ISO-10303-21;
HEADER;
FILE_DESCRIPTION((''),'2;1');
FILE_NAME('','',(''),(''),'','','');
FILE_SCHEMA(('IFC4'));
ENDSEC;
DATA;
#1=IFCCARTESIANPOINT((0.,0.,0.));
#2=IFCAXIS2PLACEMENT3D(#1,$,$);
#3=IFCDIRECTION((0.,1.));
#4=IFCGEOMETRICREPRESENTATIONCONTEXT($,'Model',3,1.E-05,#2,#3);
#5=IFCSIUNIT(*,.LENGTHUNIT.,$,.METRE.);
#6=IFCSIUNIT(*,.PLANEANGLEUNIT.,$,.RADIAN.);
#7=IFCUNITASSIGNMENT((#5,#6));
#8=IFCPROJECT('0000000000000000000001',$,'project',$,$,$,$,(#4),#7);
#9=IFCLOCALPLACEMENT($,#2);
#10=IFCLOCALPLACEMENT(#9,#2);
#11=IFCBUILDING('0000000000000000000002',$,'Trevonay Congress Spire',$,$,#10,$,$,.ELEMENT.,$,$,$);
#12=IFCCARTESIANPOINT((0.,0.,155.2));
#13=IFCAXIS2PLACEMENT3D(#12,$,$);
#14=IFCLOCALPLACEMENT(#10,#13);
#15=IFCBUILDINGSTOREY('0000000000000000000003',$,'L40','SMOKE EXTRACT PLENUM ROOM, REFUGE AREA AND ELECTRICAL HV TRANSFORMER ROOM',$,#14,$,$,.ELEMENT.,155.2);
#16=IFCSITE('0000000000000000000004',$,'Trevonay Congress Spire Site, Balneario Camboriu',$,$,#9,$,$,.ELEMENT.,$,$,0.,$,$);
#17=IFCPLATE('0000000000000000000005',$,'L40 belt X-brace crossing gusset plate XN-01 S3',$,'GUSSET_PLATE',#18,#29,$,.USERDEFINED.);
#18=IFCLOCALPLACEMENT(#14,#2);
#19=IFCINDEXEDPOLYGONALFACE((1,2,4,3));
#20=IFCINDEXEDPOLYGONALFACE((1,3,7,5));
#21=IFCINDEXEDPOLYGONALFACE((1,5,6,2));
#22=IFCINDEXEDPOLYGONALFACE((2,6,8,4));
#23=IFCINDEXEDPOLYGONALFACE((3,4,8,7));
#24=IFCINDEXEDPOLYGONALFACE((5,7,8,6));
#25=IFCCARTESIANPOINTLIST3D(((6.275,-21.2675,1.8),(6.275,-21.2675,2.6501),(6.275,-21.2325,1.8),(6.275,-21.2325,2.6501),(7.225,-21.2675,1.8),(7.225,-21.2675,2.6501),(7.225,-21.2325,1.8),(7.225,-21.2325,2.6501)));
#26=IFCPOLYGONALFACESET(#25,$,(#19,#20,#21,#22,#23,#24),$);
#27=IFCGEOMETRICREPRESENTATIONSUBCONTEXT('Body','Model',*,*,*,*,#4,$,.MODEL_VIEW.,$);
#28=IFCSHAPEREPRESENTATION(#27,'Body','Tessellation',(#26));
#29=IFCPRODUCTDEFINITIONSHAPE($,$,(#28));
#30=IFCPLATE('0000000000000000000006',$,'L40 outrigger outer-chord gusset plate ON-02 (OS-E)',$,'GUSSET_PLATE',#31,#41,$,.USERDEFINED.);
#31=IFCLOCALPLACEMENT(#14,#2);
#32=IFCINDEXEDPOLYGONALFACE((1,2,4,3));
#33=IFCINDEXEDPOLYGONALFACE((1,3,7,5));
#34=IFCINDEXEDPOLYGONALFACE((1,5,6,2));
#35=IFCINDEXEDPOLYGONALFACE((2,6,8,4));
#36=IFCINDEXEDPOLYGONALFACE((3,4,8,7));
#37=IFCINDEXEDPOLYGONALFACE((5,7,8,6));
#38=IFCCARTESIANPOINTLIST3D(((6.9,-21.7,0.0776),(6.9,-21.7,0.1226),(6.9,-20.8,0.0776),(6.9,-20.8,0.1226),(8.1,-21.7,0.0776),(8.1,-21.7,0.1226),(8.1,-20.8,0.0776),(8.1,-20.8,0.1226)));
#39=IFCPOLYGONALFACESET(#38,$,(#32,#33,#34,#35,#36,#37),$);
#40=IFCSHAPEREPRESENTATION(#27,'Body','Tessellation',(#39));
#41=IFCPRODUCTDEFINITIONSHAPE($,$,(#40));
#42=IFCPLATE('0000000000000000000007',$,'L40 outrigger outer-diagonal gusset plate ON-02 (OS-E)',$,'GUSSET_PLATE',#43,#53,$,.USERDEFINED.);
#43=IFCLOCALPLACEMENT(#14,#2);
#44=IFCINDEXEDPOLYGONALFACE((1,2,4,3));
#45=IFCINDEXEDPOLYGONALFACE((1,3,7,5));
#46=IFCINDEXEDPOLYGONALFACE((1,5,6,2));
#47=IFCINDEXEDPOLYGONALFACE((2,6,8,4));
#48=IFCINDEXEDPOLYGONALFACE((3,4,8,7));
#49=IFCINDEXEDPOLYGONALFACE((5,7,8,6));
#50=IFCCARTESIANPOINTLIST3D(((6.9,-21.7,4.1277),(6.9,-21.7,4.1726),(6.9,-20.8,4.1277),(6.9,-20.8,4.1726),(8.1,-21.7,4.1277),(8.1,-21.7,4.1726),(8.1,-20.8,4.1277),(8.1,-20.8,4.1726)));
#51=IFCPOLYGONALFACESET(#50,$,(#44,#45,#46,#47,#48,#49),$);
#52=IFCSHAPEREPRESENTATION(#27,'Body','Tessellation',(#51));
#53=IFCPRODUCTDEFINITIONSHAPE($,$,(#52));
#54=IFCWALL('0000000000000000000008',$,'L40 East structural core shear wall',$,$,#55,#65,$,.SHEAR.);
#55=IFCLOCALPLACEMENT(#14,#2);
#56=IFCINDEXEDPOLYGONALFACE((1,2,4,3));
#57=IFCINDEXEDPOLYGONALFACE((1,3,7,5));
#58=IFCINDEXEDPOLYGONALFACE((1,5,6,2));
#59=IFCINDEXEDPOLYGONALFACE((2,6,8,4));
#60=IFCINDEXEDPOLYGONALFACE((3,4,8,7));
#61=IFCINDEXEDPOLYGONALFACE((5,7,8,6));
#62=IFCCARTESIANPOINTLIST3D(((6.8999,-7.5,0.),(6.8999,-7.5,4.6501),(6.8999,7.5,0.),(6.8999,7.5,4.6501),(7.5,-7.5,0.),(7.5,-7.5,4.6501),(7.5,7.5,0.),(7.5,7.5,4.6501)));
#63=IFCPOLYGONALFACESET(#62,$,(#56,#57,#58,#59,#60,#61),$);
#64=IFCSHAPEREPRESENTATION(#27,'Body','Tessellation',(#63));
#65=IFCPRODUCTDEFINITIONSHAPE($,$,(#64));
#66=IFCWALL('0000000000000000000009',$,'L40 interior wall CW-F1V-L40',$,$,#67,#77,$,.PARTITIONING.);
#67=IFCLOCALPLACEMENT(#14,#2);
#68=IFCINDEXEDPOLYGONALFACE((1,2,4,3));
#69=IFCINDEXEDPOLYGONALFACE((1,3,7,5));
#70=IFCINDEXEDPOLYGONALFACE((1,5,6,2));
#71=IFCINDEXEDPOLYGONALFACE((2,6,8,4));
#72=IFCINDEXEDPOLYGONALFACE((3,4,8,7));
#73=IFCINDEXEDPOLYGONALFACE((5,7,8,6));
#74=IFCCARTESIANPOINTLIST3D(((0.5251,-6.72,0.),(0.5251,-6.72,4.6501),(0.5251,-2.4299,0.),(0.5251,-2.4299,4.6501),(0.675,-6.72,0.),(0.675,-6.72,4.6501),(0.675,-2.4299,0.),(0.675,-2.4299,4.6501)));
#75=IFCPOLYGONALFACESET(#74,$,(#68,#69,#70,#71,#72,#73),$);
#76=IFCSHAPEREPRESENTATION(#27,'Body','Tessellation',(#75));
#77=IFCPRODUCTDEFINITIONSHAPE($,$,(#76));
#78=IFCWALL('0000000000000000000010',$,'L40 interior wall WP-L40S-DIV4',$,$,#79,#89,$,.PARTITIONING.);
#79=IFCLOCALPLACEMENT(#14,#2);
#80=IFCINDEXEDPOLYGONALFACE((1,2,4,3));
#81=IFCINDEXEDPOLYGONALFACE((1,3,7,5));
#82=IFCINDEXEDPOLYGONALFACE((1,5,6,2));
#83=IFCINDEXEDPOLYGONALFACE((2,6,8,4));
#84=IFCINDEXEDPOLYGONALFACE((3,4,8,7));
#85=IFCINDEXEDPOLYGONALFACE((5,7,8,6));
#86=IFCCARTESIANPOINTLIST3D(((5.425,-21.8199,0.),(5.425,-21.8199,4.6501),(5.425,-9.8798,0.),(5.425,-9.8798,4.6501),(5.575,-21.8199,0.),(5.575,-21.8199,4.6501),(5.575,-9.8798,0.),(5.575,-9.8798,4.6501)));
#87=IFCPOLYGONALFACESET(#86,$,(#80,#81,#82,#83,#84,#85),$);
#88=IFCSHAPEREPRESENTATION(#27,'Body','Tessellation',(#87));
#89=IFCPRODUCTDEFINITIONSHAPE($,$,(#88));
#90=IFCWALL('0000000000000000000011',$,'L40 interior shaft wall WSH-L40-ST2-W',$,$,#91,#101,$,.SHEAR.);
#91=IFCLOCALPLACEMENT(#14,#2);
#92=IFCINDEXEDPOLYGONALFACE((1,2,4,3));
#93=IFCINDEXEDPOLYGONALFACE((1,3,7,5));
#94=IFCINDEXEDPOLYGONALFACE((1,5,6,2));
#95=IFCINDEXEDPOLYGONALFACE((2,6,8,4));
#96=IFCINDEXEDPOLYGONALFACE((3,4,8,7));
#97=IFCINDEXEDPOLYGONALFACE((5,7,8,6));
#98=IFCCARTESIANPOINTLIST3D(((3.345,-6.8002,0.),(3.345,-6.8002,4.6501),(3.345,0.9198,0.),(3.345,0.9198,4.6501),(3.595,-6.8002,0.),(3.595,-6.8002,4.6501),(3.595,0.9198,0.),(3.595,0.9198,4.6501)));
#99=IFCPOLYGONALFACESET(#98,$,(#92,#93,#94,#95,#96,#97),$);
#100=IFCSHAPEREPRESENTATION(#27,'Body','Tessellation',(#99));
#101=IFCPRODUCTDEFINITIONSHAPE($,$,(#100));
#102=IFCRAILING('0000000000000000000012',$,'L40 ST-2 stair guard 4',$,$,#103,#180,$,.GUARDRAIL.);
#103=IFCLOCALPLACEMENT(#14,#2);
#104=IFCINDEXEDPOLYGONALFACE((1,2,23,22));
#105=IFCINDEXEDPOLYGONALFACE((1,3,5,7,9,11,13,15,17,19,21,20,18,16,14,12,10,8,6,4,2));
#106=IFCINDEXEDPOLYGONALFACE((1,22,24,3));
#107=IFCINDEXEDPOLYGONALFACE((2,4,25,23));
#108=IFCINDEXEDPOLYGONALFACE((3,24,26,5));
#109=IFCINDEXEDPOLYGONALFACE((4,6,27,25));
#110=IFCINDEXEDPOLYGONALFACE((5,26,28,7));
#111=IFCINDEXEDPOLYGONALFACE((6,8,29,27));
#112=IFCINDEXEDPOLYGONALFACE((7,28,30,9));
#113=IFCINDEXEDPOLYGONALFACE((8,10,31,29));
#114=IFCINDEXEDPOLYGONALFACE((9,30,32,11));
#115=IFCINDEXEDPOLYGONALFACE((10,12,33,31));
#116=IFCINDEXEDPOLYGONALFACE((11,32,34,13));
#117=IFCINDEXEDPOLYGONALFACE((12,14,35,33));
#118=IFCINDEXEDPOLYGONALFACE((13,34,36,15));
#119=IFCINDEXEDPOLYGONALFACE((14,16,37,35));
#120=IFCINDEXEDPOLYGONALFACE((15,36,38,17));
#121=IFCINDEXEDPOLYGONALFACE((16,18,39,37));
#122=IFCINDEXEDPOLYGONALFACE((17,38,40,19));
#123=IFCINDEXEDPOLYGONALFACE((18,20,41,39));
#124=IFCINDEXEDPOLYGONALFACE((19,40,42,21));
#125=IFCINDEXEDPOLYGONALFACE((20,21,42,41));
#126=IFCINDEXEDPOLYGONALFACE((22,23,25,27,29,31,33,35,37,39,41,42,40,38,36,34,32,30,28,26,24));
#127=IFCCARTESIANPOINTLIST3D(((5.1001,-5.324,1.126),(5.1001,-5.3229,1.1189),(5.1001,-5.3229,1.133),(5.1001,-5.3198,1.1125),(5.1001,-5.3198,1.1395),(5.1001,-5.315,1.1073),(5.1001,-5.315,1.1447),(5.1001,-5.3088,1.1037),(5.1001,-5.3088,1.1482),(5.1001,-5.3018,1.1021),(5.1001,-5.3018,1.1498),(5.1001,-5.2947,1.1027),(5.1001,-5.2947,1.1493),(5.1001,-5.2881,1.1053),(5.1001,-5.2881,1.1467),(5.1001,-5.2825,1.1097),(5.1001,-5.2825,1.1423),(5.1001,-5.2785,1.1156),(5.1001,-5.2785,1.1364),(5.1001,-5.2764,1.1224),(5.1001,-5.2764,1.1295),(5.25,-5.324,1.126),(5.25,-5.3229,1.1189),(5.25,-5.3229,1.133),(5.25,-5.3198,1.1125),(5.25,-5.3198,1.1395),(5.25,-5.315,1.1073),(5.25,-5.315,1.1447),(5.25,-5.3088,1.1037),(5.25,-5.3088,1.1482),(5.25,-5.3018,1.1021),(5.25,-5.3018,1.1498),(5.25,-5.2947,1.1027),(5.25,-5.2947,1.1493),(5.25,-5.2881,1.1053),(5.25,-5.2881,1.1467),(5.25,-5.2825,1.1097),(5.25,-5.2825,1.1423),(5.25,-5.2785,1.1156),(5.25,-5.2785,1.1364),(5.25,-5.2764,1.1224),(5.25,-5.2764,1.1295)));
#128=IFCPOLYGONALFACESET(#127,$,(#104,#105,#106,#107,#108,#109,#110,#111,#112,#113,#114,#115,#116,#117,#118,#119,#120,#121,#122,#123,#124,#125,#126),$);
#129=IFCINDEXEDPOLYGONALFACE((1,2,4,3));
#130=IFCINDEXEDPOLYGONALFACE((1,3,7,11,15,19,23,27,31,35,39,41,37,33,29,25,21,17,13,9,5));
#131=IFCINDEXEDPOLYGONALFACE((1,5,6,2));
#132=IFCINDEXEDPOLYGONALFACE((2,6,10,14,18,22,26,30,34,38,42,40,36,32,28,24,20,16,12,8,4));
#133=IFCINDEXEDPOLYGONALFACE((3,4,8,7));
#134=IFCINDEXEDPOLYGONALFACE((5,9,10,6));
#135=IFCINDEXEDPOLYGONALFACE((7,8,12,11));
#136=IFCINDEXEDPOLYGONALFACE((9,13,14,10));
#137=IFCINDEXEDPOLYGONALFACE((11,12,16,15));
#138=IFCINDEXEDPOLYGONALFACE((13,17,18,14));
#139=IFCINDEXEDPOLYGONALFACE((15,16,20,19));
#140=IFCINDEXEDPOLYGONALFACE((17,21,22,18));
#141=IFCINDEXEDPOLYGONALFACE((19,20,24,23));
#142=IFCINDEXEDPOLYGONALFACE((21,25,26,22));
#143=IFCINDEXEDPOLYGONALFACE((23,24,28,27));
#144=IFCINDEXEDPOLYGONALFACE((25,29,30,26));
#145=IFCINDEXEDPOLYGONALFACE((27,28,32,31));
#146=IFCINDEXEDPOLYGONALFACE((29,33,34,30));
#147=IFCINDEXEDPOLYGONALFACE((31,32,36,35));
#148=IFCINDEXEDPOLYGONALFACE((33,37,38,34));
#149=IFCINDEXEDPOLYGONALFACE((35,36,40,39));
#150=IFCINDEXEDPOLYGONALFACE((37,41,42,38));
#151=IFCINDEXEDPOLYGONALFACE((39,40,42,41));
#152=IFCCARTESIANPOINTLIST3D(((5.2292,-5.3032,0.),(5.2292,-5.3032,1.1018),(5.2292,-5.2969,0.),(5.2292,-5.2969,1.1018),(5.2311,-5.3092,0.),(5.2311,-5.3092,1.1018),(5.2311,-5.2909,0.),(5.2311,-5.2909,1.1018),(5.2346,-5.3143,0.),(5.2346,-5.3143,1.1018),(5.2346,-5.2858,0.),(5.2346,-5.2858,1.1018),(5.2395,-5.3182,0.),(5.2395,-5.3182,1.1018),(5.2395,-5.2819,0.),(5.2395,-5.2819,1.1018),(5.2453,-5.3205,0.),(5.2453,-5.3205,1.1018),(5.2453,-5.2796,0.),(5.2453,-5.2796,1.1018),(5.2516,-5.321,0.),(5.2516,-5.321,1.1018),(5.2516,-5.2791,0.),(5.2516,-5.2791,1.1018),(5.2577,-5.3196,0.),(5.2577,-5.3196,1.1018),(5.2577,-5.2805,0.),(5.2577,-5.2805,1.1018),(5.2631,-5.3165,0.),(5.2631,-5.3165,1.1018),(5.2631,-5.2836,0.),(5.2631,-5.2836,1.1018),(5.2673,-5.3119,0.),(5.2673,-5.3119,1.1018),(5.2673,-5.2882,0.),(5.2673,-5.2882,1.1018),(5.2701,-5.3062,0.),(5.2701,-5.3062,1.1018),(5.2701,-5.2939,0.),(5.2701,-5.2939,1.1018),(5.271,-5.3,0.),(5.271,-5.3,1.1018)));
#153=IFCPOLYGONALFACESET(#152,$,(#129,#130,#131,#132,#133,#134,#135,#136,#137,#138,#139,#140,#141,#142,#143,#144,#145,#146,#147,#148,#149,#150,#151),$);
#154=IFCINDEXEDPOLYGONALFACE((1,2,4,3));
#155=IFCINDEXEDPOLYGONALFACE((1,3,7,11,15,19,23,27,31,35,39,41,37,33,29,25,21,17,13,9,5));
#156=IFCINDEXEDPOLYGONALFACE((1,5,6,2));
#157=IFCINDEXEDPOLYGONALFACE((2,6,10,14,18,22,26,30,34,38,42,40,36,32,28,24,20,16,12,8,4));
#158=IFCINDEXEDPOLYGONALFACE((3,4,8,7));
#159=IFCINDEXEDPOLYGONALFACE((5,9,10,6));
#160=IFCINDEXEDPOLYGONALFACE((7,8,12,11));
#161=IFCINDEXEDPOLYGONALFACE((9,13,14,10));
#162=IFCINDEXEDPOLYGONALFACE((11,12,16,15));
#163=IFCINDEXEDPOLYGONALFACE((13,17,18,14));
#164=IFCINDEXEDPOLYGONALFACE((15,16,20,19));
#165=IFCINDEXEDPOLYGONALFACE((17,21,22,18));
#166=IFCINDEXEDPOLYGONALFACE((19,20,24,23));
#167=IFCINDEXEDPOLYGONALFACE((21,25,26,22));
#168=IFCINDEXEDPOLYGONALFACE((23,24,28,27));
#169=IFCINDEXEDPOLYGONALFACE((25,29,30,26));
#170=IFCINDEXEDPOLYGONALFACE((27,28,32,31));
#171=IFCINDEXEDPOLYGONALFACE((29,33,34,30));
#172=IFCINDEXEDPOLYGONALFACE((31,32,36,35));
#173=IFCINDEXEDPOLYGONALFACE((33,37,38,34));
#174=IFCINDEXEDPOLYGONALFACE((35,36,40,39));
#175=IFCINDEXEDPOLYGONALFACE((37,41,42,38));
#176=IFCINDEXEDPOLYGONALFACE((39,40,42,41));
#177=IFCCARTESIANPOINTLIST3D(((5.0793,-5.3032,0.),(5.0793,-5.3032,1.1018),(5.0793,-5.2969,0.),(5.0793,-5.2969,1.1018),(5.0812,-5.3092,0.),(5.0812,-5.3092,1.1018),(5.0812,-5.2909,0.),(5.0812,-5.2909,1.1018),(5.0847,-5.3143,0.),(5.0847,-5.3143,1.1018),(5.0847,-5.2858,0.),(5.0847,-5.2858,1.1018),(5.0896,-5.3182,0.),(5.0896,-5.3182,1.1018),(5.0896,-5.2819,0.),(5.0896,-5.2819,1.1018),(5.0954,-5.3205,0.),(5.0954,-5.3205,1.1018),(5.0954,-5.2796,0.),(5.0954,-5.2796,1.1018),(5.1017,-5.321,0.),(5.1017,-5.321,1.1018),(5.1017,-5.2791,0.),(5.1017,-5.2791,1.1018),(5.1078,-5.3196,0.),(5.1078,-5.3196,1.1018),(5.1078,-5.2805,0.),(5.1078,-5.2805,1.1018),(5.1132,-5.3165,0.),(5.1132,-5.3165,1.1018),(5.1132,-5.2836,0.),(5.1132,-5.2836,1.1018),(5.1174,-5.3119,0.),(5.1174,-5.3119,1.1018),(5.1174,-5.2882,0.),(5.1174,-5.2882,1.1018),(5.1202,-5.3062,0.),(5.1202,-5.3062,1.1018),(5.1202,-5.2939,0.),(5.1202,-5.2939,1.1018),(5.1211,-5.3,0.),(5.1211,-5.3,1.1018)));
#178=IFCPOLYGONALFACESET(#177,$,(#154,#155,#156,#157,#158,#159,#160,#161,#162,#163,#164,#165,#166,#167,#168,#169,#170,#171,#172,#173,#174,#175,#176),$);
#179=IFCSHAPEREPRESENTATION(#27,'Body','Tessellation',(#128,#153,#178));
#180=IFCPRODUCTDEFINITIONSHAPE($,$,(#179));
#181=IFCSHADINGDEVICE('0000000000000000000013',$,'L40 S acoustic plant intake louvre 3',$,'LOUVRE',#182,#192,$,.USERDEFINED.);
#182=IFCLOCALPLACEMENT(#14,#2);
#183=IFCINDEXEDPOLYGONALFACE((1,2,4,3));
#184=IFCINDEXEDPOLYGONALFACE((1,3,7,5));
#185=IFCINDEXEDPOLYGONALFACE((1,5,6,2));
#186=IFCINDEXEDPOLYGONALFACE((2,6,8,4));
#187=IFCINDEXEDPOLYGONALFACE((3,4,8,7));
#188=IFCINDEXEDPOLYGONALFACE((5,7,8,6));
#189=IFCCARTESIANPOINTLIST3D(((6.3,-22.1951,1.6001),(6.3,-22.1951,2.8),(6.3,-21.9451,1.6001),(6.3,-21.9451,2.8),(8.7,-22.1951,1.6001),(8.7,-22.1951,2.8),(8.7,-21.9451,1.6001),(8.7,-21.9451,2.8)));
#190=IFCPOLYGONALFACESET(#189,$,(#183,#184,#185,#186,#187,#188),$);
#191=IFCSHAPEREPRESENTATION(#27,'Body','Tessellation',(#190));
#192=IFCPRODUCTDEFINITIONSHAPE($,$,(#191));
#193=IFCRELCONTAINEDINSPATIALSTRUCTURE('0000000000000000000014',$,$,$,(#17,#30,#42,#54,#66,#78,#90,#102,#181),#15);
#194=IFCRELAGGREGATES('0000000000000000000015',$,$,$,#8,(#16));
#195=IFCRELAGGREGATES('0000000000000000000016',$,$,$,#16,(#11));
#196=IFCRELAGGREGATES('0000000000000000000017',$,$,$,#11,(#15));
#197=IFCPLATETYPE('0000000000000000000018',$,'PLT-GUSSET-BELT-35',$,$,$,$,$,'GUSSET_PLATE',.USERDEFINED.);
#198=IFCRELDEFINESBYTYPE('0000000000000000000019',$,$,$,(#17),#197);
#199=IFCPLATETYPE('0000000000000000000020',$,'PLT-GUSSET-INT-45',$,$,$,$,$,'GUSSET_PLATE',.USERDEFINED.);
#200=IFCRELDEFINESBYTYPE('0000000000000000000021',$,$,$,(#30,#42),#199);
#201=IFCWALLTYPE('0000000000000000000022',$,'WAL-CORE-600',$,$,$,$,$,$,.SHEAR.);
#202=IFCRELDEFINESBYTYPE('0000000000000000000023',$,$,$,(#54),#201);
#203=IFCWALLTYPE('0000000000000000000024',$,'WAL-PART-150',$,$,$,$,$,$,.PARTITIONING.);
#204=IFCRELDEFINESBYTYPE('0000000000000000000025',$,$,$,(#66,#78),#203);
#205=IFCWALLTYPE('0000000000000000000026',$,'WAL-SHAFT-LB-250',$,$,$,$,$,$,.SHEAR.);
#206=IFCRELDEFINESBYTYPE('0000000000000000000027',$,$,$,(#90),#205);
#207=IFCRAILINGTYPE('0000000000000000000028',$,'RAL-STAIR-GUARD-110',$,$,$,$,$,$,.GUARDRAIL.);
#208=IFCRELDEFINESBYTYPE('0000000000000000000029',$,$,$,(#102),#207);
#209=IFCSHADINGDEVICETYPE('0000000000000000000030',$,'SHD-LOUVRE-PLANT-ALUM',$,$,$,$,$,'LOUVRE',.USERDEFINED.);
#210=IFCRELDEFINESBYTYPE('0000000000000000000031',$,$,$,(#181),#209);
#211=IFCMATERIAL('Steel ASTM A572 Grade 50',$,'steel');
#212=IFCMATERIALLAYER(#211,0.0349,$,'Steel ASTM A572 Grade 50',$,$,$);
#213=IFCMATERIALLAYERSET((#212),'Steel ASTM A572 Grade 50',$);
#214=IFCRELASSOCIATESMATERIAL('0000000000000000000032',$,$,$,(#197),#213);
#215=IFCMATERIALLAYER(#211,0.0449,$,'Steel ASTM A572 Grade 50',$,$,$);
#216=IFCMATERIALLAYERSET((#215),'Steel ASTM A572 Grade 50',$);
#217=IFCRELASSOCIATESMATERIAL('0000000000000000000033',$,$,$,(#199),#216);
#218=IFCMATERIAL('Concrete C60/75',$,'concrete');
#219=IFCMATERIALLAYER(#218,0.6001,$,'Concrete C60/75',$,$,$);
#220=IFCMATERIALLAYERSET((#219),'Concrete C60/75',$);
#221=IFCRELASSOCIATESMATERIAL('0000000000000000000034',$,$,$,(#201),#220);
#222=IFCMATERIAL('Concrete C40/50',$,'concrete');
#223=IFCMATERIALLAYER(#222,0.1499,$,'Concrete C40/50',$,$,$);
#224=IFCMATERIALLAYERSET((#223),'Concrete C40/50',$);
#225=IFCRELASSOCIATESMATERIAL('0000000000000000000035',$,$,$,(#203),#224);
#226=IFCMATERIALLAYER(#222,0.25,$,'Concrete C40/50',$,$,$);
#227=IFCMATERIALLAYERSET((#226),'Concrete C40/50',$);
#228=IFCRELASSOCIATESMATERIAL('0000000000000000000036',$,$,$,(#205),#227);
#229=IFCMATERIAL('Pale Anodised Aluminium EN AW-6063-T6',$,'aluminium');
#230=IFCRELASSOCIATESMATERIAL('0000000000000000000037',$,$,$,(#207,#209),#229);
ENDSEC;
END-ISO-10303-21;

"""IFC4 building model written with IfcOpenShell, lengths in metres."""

from ifc_helpers import new_model, si_unit, direction, frame, frame_2d, origin, origin_2d, place, context, subcontext, project, spatial, rectangle, circle, extrude, material, layer, layer_set, type_object, element, save


model = new_model("IFC4")

# Units and contexts
model_context = context("Model", 3, precision=1e-05, world=origin(), true_north=direction((0.0, 1.0)))
body_context = subcontext(model_context, "Body", "Model", "MODEL_VIEW")
ifc_project = project(units=[si_unit("LENGTHUNIT", "METRE"), si_unit("PLANEANGLEUNIT", "RADIAN")], contexts=[model_context])

# Site, building, storey
site_placement = place(None, origin())
site = spatial("IfcSite", under=ifc_project, at=site_placement, Name="Trevonay Congress Spire Site, Balneario Camboriu", CompositionType="ELEMENT", RefElevation=0.0)
building_placement = place(site_placement, origin())
building = spatial("IfcBuilding", under=site, at=building_placement, Name="Trevonay Congress Spire", CompositionType="ELEMENT")
storey_placement = place(building_placement, frame((0.0, 0.0, 155.2)))
storey = spatial("IfcBuildingStorey", under=building, at=storey_placement, Name="L40", Description="SMOKE EXTRACT PLENUM ROOM, REFUGE AREA AND ELECTRICAL HV TRANSFORMER ROOM", CompositionType="ELEMENT", Elevation=155.2)

# Shared definitions
ifc_material_1 = material(Name="Steel ASTM A572 Grade 50", Category="steel")

# Plates
ifc_layer_1 = layer(ifc_material_1, 0.0349, Name="Steel ASTM A572 Grade 50")
ifc_layer_set_1 = layer_set([ifc_layer_1], Name="Steel ASTM A572 Grade 50")
plate_type_1 = type_object("IfcPlateType", Name="PLT-GUSSET-BELT-35", ElementType="GUSSET_PLATE", PredefinedType="USERDEFINED", material=ifc_layer_set_1)
plate_placement = place(storey_placement, frame((6.75, -21.25, 1.8), z_axis=(0.0, 0.0, 1.0), x_axis=(1.0, 0.0, 0.0)))
element("IfcPlate", 1, at=plate_placement, inside=storey, type_object=plate_type_1, Name="L40 belt X-brace crossing gusset plate XN-01 S3", ObjectType="GUSSET_PLATE", PredefinedType="USERDEFINED", context=body_context, shape_type="SweptSolid", body=[
    extrude(rectangle(XDim=0.95, YDim=0.0349, at=origin_2d()), origin(), (0.0, 0.0, 1.0), 0.8501),
])
ifc_layer_2 = layer(ifc_material_1, 0.0449, Name="Steel ASTM A572 Grade 50")
ifc_layer_set_2 = layer_set([ifc_layer_2], Name="Steel ASTM A572 Grade 50")
plate_type_2 = type_object("IfcPlateType", Name="PLT-GUSSET-INT-45", ElementType="GUSSET_PLATE", PredefinedType="USERDEFINED", material=ifc_layer_set_2)
for number, where, z_axis, x_axis, name in (
    (2, (7.5, -21.25, 0.0776), (0.0, 0.0, 1.0), (1.0, 0.0, 0.0), "L40 outrigger outer-chord gusset plate ON-02 (OS-E)"),
    (3, (7.5, -21.25, 4.1277), (0.0, 0.0, 1.0), (1.0, 0.0, 0.0), "L40 outrigger outer-diagonal gusset plate ON-02 (OS-E)"),
):
    element("IfcPlate", number, at=place(storey_placement, frame(where, z_axis=z_axis, x_axis=x_axis)), inside=storey, type_object=plate_type_2, Name=name, ObjectType="GUSSET_PLATE", PredefinedType="USERDEFINED", context=body_context, shape_type="SweptSolid", body=[
        extrude(rectangle(XDim=1.2, YDim=0.8999, at=origin_2d()), origin(), (0.0, 0.0, 1.0), 0.0449),
    ])

# Walls
ifc_material_2 = material(Name="Concrete C60/75", Category="concrete")
ifc_layer_3 = layer(ifc_material_2, 0.6001, Name="Concrete C60/75")
ifc_layer_set_3 = layer_set([ifc_layer_3], Name="Concrete C60/75")
wall_type_1 = type_object("IfcWallType", Name="WAL-CORE-600", PredefinedType="SHEAR", material=ifc_layer_set_3)
wall_1_placement = place(storey_placement, frame((7.2, -7.5, 0.0), z_axis=(0.0, 0.0, 1.0), x_axis=(0.0, 1.0, 0.0)))
element("IfcWall", 4, at=wall_1_placement, inside=storey, type_object=wall_type_1, Name="L40 East structural core shear wall", PredefinedType="SHEAR", context=body_context, shape_type="SweptSolid", body=[
    extrude(rectangle(XDim=15.0, YDim=0.6001, at=frame_2d((7.5, 0.0))), origin(), (0.0, 0.0, 1.0), 4.6501),
])
ifc_material_3 = material(Name="Concrete C40/50", Category="concrete")
ifc_layer_4 = layer(ifc_material_3, 0.1499, Name="Concrete C40/50")
ifc_layer_set_4 = layer_set([ifc_layer_4], Name="Concrete C40/50")
wall_type_2 = type_object("IfcWallType", Name="WAL-PART-150", PredefinedType="PARTITIONING", material=ifc_layer_set_4)
wall_2_placement = place(storey_placement, frame((0.6001, -6.72, 0.0), z_axis=(0.0, 0.0, 1.0), x_axis=(0.0, 1.0, 0.0)))
element("IfcWall", 5, at=wall_2_placement, inside=storey, type_object=wall_type_2, Name="L40 interior wall CW-F1V-L40", PredefinedType="PARTITIONING", context=body_context, shape_type="SweptSolid", body=[
    extrude(rectangle(XDim=4.29, YDim=0.1499, at=frame_2d((2.145, 0.0))), origin(), (0.0, 0.0, 1.0), 4.6501),
])
wall_3_placement = place(storey_placement, frame((5.5, -21.8201, 0.0), z_axis=(0.0, 0.0, 1.0), x_axis=(0.0, 1.0, 0.0)))
element("IfcWall", 6, at=wall_3_placement, inside=storey, type_object=wall_type_2, Name="L40 interior wall WP-L40S-DIV4", PredefinedType="PARTITIONING", context=body_context, shape_type="SweptSolid", body=[
    extrude(rectangle(XDim=11.9402, YDim=0.1499, at=frame_2d((5.9702, 0.0))), origin(), (0.0, 0.0, 1.0), 4.6501),
])
ifc_layer_5 = layer(ifc_material_3, 0.25, Name="Concrete C40/50")
ifc_layer_set_5 = layer_set([ifc_layer_5], Name="Concrete C40/50")
wall_type_3 = type_object("IfcWallType", Name="WAL-SHAFT-LB-250", PredefinedType="SHEAR", material=ifc_layer_set_5)
wall_4_placement = place(storey_placement, frame((3.47, -6.8, 0.0), z_axis=(0.0, 0.0, 1.0), x_axis=(0.0, 1.0, 0.0)))
element("IfcWall", 7, at=wall_4_placement, inside=storey, type_object=wall_type_3, Name="L40 interior shaft wall WSH-L40-ST2-W", PredefinedType="SHEAR", context=body_context, shape_type="SweptSolid", body=[
    extrude(rectangle(XDim=7.72, YDim=0.25, at=frame_2d((3.8599, 0.0))), origin(), (0.0, 0.0, 1.0), 4.6501),
])

# Railing
ifc_material_4 = material(Name="Pale Anodised Aluminium EN AW-6063-T6", Category="aluminium")
railing_type = type_object("IfcRailingType", Name="RAL-STAIR-GUARD-110", PredefinedType="GUARDRAIL", material=ifc_material_4)
railing_placement = place(storey_placement, frame((5.25, -5.3, 0.0)))
element("IfcRailing", 8, at=railing_placement, inside=storey, type_object=railing_type, Name="L40 ST-2 stair guard 4", PredefinedType="GUARDRAIL", context=body_context, shape_type="SweptSolid", body=[
    extrude(circle(Radius=0.0239, at=origin_2d()), frame((0.0, 0.0, 1.126), z_axis=(-1.0, 0.0, 0.0), x_axis=(0.0, -1.0, 0.0)), (0.0, 0.0, 1.0), 0.1499),
    extrude(circle(Radius=0.021, at=origin_2d()), origin(), (0.0, 0.0, 1.0), 1.1018),
    extrude(circle(Radius=0.021, at=origin_2d()), frame((-0.1499, 0.0, 0.0)), (0.0, 0.0, 1.0), 1.1018),
])

# Shading device
shading_device_type = type_object("IfcShadingDeviceType", Name="SHD-LOUVRE-PLANT-ALUM", ElementType="LOUVRE", PredefinedType="USERDEFINED", material=ifc_material_4)
shading_device_placement = place(storey_placement, frame((7.5, -22.0701, 1.6001), z_axis=(0.0, 0.0, 1.0), x_axis=(1.0, 0.0, 0.0)))
element("IfcShadingDevice", 9, at=shading_device_placement, inside=storey, type_object=shading_device_type, Name="L40 S acoustic plant intake louvre 3", ObjectType="LOUVRE", PredefinedType="USERDEFINED", context=body_context, shape_type="SweptSolid", body=[
    extrude(rectangle(XDim=2.3999, YDim=0.25, at=origin_2d()), origin(), (0.0, 0.0, 1.0), 1.2),
])

save(model, "model.ifc")
